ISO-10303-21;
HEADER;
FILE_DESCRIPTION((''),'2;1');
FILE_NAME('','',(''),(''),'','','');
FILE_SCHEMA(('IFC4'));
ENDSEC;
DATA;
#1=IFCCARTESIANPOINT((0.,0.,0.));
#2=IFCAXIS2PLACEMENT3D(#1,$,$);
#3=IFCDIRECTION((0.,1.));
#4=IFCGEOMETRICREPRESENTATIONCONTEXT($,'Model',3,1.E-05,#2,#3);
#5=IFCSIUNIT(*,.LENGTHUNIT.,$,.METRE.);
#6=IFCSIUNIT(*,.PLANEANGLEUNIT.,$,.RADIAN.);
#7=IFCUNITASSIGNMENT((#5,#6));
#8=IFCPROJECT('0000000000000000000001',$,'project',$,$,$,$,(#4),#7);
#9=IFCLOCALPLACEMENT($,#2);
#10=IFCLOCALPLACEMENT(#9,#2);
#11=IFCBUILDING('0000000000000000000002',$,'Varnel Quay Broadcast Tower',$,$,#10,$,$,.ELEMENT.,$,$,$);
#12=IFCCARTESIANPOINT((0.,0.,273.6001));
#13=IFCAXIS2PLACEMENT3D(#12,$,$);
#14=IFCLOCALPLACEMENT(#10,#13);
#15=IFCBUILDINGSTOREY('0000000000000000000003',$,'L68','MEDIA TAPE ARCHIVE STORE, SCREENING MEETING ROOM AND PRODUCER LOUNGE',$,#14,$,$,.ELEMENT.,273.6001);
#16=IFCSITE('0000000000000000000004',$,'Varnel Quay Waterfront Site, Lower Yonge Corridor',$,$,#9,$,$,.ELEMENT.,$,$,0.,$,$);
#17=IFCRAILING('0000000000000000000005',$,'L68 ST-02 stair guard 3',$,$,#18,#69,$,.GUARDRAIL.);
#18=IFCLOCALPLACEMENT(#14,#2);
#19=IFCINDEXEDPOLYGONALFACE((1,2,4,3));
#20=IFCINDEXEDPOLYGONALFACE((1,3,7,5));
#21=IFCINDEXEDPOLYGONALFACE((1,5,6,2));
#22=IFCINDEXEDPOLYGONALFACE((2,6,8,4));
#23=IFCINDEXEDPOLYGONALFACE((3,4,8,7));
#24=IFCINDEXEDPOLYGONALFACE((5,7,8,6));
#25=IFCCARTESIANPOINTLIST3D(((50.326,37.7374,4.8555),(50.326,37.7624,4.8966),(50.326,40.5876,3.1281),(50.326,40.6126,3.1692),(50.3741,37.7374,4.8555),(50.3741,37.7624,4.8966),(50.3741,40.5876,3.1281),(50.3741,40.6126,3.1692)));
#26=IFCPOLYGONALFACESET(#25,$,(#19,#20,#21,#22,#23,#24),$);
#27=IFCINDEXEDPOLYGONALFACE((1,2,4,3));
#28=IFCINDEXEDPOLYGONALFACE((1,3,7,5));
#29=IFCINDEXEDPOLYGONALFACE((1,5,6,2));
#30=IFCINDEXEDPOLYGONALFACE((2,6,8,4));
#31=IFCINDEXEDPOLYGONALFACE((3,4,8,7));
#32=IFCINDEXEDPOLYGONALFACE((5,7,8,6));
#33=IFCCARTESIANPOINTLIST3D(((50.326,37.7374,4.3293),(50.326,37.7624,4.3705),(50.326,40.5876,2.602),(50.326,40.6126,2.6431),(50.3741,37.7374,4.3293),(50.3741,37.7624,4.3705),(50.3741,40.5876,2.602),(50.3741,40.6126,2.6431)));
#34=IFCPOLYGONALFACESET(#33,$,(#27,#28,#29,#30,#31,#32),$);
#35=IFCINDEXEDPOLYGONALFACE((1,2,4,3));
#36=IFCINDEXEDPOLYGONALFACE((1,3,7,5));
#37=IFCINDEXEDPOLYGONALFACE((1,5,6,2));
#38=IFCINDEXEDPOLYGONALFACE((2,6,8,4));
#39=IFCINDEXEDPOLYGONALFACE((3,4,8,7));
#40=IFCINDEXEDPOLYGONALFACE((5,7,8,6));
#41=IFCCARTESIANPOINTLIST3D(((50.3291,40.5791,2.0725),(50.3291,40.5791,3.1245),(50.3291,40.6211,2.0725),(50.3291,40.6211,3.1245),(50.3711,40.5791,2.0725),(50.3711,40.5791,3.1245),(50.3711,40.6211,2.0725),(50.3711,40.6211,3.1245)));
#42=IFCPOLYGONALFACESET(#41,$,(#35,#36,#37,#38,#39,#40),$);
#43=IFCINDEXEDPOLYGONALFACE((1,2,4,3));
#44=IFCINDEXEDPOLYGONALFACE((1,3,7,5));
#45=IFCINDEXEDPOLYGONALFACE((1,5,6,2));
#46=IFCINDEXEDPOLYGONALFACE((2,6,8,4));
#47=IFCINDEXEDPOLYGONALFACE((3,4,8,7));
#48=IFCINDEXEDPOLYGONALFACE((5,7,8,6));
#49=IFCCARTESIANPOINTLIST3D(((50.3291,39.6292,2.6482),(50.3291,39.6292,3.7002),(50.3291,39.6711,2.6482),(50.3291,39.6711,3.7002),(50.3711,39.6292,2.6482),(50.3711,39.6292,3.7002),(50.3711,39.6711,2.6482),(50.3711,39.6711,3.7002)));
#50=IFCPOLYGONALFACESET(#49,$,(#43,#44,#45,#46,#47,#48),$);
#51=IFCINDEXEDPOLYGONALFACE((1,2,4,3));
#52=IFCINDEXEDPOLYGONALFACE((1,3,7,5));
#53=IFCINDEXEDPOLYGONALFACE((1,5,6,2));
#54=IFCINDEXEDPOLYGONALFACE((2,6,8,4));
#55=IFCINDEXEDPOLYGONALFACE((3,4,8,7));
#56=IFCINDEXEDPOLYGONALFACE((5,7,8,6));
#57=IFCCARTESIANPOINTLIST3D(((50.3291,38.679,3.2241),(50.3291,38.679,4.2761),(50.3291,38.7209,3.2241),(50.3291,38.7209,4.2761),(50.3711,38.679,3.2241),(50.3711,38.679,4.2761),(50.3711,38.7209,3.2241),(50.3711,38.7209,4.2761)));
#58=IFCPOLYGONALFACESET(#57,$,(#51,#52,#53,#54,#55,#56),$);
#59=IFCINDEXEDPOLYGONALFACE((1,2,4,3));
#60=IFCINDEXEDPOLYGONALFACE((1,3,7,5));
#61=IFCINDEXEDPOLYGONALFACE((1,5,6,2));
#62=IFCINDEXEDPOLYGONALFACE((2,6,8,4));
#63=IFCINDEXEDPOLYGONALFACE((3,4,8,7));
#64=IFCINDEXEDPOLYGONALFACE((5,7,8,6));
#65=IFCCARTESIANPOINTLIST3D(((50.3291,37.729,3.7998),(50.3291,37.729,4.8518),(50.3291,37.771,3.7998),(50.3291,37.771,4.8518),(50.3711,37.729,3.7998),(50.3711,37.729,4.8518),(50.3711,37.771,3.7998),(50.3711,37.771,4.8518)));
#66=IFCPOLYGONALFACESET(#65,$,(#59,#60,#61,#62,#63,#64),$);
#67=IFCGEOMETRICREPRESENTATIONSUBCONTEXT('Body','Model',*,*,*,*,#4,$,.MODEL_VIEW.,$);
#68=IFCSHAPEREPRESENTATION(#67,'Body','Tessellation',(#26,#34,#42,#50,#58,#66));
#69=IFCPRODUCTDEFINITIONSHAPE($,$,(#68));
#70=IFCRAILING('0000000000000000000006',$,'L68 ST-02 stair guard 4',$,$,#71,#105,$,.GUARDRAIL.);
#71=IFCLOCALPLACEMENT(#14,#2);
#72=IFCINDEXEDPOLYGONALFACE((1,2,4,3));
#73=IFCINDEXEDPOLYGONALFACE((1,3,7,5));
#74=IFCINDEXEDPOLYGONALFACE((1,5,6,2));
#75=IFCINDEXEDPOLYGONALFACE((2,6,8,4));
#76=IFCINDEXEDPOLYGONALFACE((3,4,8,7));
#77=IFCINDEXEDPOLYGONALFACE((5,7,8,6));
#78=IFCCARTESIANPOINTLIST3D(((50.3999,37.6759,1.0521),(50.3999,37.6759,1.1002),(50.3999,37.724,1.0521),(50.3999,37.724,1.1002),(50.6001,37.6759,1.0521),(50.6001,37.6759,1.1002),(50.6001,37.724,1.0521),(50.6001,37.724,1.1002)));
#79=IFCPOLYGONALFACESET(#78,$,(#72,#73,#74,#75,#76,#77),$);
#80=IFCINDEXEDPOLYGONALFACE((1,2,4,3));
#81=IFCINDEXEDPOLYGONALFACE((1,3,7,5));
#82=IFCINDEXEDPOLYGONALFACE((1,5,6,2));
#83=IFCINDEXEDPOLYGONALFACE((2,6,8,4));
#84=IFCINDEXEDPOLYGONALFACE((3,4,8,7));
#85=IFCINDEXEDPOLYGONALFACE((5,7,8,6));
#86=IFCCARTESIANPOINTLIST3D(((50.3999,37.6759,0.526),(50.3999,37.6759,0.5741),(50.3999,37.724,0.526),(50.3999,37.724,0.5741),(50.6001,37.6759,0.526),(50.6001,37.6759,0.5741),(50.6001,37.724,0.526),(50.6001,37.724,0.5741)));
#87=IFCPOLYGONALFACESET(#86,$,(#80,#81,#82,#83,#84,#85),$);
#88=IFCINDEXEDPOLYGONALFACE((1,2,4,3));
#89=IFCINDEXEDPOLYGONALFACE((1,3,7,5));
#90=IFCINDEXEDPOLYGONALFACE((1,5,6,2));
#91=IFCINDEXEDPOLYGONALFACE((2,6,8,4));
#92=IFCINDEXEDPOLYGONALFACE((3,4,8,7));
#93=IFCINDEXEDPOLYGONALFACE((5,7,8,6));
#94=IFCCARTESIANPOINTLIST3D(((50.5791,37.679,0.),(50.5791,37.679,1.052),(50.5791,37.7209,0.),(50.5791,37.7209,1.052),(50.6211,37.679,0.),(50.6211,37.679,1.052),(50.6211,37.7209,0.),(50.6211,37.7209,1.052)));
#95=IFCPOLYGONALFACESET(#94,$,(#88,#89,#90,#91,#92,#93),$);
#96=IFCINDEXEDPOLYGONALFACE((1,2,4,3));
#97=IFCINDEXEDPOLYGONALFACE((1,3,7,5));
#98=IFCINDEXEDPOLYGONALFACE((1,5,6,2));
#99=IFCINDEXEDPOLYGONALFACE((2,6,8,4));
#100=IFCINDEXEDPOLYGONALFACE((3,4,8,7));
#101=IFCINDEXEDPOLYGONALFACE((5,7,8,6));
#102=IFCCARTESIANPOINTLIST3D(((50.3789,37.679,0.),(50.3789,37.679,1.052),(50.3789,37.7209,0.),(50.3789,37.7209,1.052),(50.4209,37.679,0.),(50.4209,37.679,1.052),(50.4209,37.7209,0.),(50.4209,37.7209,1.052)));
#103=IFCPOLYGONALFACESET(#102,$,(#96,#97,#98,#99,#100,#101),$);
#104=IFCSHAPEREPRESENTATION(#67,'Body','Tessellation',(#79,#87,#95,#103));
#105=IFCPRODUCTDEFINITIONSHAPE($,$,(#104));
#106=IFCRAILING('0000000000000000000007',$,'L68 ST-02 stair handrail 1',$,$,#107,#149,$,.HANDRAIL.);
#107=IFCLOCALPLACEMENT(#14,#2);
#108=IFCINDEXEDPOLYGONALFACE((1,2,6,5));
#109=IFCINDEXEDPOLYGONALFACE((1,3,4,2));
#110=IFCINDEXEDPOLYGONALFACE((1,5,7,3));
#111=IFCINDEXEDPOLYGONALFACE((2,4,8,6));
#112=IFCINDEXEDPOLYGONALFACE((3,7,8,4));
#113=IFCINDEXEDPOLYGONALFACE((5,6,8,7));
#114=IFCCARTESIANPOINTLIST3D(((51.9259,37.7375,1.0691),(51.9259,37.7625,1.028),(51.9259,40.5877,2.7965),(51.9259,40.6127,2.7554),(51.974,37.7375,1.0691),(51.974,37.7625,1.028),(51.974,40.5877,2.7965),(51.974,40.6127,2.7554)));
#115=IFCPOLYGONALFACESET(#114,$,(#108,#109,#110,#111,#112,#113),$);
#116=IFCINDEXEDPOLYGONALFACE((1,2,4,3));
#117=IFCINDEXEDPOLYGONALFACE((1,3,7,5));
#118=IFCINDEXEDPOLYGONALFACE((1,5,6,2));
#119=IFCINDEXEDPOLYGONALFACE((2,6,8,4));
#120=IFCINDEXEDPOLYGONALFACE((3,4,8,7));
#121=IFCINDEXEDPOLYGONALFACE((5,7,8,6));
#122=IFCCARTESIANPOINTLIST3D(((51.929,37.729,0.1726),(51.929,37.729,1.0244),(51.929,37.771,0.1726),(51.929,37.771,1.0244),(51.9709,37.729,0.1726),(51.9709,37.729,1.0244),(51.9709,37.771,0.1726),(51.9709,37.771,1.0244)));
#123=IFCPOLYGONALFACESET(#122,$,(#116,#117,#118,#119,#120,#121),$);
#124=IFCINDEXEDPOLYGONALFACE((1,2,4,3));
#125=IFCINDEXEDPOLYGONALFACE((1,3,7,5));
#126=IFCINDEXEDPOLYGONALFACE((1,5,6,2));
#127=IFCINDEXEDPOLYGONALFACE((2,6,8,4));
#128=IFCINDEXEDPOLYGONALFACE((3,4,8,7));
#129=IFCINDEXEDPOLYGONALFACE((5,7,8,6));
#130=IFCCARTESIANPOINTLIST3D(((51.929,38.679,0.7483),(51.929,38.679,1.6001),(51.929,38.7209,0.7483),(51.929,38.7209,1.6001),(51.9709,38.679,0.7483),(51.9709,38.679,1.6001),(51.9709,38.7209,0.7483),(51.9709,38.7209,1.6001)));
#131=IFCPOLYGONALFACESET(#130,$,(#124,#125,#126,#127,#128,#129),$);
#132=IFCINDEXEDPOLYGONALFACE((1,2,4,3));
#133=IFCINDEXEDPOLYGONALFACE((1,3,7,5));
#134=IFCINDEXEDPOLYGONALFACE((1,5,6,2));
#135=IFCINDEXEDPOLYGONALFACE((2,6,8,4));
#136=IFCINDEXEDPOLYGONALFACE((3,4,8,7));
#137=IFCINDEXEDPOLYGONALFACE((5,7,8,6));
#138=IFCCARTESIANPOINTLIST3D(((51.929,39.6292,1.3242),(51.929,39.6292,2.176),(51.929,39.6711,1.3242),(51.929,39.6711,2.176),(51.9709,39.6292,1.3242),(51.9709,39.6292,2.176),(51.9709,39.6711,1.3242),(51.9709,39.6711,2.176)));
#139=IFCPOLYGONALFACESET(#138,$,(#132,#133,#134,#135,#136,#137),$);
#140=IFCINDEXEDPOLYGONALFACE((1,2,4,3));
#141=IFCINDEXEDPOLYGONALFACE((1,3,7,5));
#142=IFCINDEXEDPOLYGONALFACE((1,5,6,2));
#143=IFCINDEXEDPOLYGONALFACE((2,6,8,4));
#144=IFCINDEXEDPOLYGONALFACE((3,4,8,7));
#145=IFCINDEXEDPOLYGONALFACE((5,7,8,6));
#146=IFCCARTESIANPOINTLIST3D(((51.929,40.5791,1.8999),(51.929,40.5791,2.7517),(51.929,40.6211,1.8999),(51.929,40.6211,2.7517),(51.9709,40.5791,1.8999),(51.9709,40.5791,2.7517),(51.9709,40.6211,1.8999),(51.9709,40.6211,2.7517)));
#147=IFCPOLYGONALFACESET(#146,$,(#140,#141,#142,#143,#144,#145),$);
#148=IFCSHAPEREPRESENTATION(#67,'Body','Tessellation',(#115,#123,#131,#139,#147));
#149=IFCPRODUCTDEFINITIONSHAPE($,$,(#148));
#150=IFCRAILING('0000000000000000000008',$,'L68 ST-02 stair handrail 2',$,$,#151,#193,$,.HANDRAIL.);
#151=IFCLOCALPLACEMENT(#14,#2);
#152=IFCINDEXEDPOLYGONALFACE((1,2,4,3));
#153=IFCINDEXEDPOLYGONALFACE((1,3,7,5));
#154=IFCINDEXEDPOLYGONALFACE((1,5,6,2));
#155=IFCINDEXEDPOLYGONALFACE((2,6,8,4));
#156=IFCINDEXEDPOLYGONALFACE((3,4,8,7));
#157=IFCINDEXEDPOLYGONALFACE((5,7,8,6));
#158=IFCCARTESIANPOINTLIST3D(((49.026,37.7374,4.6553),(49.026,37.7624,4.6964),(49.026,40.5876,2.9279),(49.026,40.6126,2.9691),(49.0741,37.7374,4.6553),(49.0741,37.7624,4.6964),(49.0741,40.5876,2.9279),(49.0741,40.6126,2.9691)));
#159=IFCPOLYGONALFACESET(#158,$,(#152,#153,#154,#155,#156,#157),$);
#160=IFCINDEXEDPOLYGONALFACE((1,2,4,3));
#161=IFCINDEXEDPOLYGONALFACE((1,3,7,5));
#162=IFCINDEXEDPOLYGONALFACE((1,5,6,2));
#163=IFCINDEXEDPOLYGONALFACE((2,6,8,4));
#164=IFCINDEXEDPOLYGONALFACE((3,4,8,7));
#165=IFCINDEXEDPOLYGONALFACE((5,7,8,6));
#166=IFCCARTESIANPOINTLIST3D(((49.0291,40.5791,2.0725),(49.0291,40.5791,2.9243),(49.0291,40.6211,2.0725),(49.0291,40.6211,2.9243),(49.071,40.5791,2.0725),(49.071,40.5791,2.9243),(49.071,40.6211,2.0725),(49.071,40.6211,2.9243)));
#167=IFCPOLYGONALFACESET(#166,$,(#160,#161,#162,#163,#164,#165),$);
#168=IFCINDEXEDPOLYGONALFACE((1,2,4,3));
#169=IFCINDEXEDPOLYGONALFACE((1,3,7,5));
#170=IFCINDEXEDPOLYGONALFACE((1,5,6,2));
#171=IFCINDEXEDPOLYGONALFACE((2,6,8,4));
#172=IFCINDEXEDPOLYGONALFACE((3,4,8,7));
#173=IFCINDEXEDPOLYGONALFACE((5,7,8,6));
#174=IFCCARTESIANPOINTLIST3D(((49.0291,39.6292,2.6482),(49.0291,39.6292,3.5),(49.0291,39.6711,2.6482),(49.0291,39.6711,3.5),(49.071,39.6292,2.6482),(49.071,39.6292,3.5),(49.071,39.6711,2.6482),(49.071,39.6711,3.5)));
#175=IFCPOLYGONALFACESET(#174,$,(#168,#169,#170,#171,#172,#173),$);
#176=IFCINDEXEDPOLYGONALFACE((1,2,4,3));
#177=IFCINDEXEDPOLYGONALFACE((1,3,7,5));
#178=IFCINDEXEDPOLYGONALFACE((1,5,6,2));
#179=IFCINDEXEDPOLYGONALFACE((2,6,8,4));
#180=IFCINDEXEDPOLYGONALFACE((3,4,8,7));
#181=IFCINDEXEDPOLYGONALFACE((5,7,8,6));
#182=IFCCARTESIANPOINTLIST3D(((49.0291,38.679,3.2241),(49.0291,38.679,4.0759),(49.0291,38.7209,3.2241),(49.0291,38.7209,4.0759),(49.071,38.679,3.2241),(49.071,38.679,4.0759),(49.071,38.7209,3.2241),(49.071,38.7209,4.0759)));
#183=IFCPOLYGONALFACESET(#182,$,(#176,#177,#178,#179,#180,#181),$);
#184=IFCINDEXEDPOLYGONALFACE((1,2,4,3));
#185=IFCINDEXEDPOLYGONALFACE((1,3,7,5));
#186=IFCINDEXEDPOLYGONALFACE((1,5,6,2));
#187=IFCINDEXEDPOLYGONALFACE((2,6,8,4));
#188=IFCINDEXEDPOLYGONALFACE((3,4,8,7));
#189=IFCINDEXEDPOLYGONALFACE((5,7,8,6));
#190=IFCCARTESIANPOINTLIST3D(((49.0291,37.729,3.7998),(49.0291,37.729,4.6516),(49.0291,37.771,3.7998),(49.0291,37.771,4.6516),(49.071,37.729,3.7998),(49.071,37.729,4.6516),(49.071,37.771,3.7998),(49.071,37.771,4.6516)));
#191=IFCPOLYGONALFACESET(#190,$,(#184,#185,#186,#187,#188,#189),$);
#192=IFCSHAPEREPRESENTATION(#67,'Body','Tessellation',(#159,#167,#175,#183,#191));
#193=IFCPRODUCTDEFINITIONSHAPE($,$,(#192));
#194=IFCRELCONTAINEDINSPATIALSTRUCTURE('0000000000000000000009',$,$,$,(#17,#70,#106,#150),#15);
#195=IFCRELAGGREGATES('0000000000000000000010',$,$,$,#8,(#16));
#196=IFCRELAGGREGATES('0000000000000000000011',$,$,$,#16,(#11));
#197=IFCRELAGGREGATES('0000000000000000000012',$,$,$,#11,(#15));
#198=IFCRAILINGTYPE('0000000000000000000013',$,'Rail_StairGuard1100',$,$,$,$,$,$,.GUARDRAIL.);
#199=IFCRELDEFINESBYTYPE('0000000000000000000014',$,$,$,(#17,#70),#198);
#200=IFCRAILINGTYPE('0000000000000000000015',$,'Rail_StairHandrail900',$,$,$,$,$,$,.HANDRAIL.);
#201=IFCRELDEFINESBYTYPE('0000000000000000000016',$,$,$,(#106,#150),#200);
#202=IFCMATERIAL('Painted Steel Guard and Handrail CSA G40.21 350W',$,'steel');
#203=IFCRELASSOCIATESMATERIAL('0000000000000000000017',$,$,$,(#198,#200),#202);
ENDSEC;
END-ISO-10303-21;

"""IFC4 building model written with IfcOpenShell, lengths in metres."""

from ifc_helpers import new_model, si_unit, direction, frame, origin, origin_2d, place, context, subcontext, project, spatial, rectangle, extrude, material, type_object, element, save


model = new_model("IFC4")

# Units and contexts
model_context = context("Model", 3, precision=1e-05, world=origin(), true_north=direction((0.0, 1.0)))
body_context = subcontext(model_context, "Body", "Model", "MODEL_VIEW")
ifc_project = project(units=[si_unit("LENGTHUNIT", "METRE"), si_unit("PLANEANGLEUNIT", "RADIAN")], contexts=[model_context])

# Site, building, storey
site_placement = place(None, origin())
site = spatial("IfcSite", under=ifc_project, at=site_placement, Name="Varnel Quay Waterfront Site, Lower Yonge Corridor", CompositionType="ELEMENT", RefElevation=0.0)
building_placement = place(site_placement, origin())
building = spatial("IfcBuilding", under=site, at=building_placement, Name="Varnel Quay Broadcast Tower", CompositionType="ELEMENT")
storey_placement = place(building_placement, frame((0.0, 0.0, 273.6001)))
storey = spatial("IfcBuildingStorey", under=building, at=storey_placement, Name="L68", Description="MEDIA TAPE ARCHIVE STORE, SCREENING MEETING ROOM AND PRODUCER LOUNGE", CompositionType="ELEMENT", Elevation=273.6001)

# Railings
ifc_material_1 = material(Name="Painted Steel Guard and Handrail CSA G40.21 350W", Category="steel")
railing_type_1 = type_object("IfcRailingType", Name="Rail_StairGuard1100", PredefinedType="GUARDRAIL", material=ifc_material_1)
railing_1_placement = place(storey_placement, frame((50.3501, 40.6001, 2.0725)))
element("IfcRailing", 1, at=railing_1_placement, inside=storey, type_object=railing_type_1, Name="L68 ST-02 stair guard 3", PredefinedType="GUARDRAIL", context=body_context, shape_type="SweptSolid", body=[
    extrude(rectangle(XDim=0.0481, YDim=0.0481, at=origin_2d()), frame((0.0, 0.0, 1.0762), z_axis=(0.0, -0.855203, 0.518294), x_axis=(1.0, 0.0, 0.0)), (0.0, 0.0, 1.0), 3.3328),
    extrude(rectangle(XDim=0.0481, YDim=0.0481, at=origin_2d()), frame((0.0, 0.0, 0.55), z_axis=(0.0, -0.855203, 0.518294), x_axis=(1.0, 0.0, 0.0)), (0.0, 0.0, 1.0), 3.3328),
    extrude(rectangle(XDim=0.042, YDim=0.042, at=origin_2d()), origin(), (0.0, 0.0, 1.0), 1.052),
    extrude(rectangle(XDim=0.042, YDim=0.042, at=origin_2d()), frame((0.0, -0.95, 0.5757)), (0.0, 0.0, 1.0), 1.052),
    extrude(rectangle(XDim=0.042, YDim=0.042, at=origin_2d()), frame((0.0, -1.9001, 1.1516)), (0.0, 0.0, 1.0), 1.052),
    extrude(rectangle(XDim=0.042, YDim=0.042, at=origin_2d()), frame((0.0, -2.8501, 1.7273)), (0.0, 0.0, 1.0), 1.052),
])
railing_2_placement = place(storey_placement, frame((50.6001, 37.7, 0.0)))
element("IfcRailing", 2, at=railing_2_placement, inside=storey, type_object=railing_type_1, Name="L68 ST-02 stair guard 4", PredefinedType="GUARDRAIL", context=body_context, shape_type="SweptSolid", body=[
    extrude(rectangle(XDim=0.0481, YDim=0.0481, at=origin_2d()), frame((0.0, 0.0, 1.0762), z_axis=(-1.0, 0.0, 0.0), x_axis=(0.0, -1.0, 0.0)), (0.0, 0.0, 1.0), 0.2002),
    extrude(rectangle(XDim=0.0481, YDim=0.0481, at=origin_2d()), frame((0.0, 0.0, 0.55), z_axis=(-1.0, 0.0, 0.0), x_axis=(0.0, -1.0, 0.0)), (0.0, 0.0, 1.0), 0.2002),
    extrude(rectangle(XDim=0.042, YDim=0.042, at=origin_2d()), origin(), (0.0, 0.0, 1.0), 1.052),
    extrude(rectangle(XDim=0.042, YDim=0.042, at=origin_2d()), frame((-0.2002, 0.0, 0.0)), (0.0, 0.0, 1.0), 1.052),
])
railing_type_2 = type_object("IfcRailingType", Name="Rail_StairHandrail900", PredefinedType="HANDRAIL", material=ifc_material_1)
railing_3_placement = place(storey_placement, frame((51.95, 37.75, 0.1726)))
element("IfcRailing", 3, at=railing_3_placement, inside=storey, type_object=railing_type_2, Name="L68 ST-02 stair handrail 1", PredefinedType="HANDRAIL", context=body_context, shape_type="SweptSolid", body=[
    extrude(rectangle(XDim=0.0481, YDim=0.0481, at=origin_2d()), frame((0.0, 0.0, 0.876), z_axis=(0.0, 0.855203, 0.518294), x_axis=(-1.0, 0.0, 0.0)), (0.0, 0.0, 1.0), 3.3328),
    extrude(rectangle(XDim=0.042, YDim=0.042, at=origin_2d()), origin(), (0.0, 0.0, 1.0), 0.8518),
    extrude(rectangle(XDim=0.042, YDim=0.042, at=origin_2d()), frame((0.0, 0.95, 0.5757)), (0.0, 0.0, 1.0), 0.8518),
    extrude(rectangle(XDim=0.042, YDim=0.042, at=origin_2d()), frame((0.0, 1.9001, 1.1516)), (0.0, 0.0, 1.0), 0.8518),
    extrude(rectangle(XDim=0.042, YDim=0.042, at=origin_2d()), frame((0.0, 2.8501, 1.7273)), (0.0, 0.0, 1.0), 0.8518),
])
railing_4_placement = place(storey_placement, frame((49.05, 40.6001, 2.0725)))
element("IfcRailing", 4, at=railing_4_placement, inside=storey, type_object=railing_type_2, Name="L68 ST-02 stair handrail 2", PredefinedType="HANDRAIL", context=body_context, shape_type="SweptSolid", body=[
    extrude(rectangle(XDim=0.0481, YDim=0.0481, at=origin_2d()), frame((0.0, 0.0, 0.876), z_axis=(0.0, -0.855203, 0.518294), x_axis=(1.0, 0.0, 0.0)), (0.0, 0.0, 1.0), 3.3328),
    extrude(rectangle(XDim=0.042, YDim=0.042, at=origin_2d()), origin(), (0.0, 0.0, 1.0), 0.8518),
    extrude(rectangle(XDim=0.042, YDim=0.042, at=origin_2d()), frame((0.0, -0.95, 0.5757)), (0.0, 0.0, 1.0), 0.8518),
    extrude(rectangle(XDim=0.042, YDim=0.042, at=origin_2d()), frame((0.0, -1.9001, 1.1516)), (0.0, 0.0, 1.0), 0.8518),
    extrude(rectangle(XDim=0.042, YDim=0.042, at=origin_2d()), frame((0.0, -2.8501, 1.7273)), (0.0, 0.0, 1.0), 0.8518),
])

save(model, "model.ifc")
